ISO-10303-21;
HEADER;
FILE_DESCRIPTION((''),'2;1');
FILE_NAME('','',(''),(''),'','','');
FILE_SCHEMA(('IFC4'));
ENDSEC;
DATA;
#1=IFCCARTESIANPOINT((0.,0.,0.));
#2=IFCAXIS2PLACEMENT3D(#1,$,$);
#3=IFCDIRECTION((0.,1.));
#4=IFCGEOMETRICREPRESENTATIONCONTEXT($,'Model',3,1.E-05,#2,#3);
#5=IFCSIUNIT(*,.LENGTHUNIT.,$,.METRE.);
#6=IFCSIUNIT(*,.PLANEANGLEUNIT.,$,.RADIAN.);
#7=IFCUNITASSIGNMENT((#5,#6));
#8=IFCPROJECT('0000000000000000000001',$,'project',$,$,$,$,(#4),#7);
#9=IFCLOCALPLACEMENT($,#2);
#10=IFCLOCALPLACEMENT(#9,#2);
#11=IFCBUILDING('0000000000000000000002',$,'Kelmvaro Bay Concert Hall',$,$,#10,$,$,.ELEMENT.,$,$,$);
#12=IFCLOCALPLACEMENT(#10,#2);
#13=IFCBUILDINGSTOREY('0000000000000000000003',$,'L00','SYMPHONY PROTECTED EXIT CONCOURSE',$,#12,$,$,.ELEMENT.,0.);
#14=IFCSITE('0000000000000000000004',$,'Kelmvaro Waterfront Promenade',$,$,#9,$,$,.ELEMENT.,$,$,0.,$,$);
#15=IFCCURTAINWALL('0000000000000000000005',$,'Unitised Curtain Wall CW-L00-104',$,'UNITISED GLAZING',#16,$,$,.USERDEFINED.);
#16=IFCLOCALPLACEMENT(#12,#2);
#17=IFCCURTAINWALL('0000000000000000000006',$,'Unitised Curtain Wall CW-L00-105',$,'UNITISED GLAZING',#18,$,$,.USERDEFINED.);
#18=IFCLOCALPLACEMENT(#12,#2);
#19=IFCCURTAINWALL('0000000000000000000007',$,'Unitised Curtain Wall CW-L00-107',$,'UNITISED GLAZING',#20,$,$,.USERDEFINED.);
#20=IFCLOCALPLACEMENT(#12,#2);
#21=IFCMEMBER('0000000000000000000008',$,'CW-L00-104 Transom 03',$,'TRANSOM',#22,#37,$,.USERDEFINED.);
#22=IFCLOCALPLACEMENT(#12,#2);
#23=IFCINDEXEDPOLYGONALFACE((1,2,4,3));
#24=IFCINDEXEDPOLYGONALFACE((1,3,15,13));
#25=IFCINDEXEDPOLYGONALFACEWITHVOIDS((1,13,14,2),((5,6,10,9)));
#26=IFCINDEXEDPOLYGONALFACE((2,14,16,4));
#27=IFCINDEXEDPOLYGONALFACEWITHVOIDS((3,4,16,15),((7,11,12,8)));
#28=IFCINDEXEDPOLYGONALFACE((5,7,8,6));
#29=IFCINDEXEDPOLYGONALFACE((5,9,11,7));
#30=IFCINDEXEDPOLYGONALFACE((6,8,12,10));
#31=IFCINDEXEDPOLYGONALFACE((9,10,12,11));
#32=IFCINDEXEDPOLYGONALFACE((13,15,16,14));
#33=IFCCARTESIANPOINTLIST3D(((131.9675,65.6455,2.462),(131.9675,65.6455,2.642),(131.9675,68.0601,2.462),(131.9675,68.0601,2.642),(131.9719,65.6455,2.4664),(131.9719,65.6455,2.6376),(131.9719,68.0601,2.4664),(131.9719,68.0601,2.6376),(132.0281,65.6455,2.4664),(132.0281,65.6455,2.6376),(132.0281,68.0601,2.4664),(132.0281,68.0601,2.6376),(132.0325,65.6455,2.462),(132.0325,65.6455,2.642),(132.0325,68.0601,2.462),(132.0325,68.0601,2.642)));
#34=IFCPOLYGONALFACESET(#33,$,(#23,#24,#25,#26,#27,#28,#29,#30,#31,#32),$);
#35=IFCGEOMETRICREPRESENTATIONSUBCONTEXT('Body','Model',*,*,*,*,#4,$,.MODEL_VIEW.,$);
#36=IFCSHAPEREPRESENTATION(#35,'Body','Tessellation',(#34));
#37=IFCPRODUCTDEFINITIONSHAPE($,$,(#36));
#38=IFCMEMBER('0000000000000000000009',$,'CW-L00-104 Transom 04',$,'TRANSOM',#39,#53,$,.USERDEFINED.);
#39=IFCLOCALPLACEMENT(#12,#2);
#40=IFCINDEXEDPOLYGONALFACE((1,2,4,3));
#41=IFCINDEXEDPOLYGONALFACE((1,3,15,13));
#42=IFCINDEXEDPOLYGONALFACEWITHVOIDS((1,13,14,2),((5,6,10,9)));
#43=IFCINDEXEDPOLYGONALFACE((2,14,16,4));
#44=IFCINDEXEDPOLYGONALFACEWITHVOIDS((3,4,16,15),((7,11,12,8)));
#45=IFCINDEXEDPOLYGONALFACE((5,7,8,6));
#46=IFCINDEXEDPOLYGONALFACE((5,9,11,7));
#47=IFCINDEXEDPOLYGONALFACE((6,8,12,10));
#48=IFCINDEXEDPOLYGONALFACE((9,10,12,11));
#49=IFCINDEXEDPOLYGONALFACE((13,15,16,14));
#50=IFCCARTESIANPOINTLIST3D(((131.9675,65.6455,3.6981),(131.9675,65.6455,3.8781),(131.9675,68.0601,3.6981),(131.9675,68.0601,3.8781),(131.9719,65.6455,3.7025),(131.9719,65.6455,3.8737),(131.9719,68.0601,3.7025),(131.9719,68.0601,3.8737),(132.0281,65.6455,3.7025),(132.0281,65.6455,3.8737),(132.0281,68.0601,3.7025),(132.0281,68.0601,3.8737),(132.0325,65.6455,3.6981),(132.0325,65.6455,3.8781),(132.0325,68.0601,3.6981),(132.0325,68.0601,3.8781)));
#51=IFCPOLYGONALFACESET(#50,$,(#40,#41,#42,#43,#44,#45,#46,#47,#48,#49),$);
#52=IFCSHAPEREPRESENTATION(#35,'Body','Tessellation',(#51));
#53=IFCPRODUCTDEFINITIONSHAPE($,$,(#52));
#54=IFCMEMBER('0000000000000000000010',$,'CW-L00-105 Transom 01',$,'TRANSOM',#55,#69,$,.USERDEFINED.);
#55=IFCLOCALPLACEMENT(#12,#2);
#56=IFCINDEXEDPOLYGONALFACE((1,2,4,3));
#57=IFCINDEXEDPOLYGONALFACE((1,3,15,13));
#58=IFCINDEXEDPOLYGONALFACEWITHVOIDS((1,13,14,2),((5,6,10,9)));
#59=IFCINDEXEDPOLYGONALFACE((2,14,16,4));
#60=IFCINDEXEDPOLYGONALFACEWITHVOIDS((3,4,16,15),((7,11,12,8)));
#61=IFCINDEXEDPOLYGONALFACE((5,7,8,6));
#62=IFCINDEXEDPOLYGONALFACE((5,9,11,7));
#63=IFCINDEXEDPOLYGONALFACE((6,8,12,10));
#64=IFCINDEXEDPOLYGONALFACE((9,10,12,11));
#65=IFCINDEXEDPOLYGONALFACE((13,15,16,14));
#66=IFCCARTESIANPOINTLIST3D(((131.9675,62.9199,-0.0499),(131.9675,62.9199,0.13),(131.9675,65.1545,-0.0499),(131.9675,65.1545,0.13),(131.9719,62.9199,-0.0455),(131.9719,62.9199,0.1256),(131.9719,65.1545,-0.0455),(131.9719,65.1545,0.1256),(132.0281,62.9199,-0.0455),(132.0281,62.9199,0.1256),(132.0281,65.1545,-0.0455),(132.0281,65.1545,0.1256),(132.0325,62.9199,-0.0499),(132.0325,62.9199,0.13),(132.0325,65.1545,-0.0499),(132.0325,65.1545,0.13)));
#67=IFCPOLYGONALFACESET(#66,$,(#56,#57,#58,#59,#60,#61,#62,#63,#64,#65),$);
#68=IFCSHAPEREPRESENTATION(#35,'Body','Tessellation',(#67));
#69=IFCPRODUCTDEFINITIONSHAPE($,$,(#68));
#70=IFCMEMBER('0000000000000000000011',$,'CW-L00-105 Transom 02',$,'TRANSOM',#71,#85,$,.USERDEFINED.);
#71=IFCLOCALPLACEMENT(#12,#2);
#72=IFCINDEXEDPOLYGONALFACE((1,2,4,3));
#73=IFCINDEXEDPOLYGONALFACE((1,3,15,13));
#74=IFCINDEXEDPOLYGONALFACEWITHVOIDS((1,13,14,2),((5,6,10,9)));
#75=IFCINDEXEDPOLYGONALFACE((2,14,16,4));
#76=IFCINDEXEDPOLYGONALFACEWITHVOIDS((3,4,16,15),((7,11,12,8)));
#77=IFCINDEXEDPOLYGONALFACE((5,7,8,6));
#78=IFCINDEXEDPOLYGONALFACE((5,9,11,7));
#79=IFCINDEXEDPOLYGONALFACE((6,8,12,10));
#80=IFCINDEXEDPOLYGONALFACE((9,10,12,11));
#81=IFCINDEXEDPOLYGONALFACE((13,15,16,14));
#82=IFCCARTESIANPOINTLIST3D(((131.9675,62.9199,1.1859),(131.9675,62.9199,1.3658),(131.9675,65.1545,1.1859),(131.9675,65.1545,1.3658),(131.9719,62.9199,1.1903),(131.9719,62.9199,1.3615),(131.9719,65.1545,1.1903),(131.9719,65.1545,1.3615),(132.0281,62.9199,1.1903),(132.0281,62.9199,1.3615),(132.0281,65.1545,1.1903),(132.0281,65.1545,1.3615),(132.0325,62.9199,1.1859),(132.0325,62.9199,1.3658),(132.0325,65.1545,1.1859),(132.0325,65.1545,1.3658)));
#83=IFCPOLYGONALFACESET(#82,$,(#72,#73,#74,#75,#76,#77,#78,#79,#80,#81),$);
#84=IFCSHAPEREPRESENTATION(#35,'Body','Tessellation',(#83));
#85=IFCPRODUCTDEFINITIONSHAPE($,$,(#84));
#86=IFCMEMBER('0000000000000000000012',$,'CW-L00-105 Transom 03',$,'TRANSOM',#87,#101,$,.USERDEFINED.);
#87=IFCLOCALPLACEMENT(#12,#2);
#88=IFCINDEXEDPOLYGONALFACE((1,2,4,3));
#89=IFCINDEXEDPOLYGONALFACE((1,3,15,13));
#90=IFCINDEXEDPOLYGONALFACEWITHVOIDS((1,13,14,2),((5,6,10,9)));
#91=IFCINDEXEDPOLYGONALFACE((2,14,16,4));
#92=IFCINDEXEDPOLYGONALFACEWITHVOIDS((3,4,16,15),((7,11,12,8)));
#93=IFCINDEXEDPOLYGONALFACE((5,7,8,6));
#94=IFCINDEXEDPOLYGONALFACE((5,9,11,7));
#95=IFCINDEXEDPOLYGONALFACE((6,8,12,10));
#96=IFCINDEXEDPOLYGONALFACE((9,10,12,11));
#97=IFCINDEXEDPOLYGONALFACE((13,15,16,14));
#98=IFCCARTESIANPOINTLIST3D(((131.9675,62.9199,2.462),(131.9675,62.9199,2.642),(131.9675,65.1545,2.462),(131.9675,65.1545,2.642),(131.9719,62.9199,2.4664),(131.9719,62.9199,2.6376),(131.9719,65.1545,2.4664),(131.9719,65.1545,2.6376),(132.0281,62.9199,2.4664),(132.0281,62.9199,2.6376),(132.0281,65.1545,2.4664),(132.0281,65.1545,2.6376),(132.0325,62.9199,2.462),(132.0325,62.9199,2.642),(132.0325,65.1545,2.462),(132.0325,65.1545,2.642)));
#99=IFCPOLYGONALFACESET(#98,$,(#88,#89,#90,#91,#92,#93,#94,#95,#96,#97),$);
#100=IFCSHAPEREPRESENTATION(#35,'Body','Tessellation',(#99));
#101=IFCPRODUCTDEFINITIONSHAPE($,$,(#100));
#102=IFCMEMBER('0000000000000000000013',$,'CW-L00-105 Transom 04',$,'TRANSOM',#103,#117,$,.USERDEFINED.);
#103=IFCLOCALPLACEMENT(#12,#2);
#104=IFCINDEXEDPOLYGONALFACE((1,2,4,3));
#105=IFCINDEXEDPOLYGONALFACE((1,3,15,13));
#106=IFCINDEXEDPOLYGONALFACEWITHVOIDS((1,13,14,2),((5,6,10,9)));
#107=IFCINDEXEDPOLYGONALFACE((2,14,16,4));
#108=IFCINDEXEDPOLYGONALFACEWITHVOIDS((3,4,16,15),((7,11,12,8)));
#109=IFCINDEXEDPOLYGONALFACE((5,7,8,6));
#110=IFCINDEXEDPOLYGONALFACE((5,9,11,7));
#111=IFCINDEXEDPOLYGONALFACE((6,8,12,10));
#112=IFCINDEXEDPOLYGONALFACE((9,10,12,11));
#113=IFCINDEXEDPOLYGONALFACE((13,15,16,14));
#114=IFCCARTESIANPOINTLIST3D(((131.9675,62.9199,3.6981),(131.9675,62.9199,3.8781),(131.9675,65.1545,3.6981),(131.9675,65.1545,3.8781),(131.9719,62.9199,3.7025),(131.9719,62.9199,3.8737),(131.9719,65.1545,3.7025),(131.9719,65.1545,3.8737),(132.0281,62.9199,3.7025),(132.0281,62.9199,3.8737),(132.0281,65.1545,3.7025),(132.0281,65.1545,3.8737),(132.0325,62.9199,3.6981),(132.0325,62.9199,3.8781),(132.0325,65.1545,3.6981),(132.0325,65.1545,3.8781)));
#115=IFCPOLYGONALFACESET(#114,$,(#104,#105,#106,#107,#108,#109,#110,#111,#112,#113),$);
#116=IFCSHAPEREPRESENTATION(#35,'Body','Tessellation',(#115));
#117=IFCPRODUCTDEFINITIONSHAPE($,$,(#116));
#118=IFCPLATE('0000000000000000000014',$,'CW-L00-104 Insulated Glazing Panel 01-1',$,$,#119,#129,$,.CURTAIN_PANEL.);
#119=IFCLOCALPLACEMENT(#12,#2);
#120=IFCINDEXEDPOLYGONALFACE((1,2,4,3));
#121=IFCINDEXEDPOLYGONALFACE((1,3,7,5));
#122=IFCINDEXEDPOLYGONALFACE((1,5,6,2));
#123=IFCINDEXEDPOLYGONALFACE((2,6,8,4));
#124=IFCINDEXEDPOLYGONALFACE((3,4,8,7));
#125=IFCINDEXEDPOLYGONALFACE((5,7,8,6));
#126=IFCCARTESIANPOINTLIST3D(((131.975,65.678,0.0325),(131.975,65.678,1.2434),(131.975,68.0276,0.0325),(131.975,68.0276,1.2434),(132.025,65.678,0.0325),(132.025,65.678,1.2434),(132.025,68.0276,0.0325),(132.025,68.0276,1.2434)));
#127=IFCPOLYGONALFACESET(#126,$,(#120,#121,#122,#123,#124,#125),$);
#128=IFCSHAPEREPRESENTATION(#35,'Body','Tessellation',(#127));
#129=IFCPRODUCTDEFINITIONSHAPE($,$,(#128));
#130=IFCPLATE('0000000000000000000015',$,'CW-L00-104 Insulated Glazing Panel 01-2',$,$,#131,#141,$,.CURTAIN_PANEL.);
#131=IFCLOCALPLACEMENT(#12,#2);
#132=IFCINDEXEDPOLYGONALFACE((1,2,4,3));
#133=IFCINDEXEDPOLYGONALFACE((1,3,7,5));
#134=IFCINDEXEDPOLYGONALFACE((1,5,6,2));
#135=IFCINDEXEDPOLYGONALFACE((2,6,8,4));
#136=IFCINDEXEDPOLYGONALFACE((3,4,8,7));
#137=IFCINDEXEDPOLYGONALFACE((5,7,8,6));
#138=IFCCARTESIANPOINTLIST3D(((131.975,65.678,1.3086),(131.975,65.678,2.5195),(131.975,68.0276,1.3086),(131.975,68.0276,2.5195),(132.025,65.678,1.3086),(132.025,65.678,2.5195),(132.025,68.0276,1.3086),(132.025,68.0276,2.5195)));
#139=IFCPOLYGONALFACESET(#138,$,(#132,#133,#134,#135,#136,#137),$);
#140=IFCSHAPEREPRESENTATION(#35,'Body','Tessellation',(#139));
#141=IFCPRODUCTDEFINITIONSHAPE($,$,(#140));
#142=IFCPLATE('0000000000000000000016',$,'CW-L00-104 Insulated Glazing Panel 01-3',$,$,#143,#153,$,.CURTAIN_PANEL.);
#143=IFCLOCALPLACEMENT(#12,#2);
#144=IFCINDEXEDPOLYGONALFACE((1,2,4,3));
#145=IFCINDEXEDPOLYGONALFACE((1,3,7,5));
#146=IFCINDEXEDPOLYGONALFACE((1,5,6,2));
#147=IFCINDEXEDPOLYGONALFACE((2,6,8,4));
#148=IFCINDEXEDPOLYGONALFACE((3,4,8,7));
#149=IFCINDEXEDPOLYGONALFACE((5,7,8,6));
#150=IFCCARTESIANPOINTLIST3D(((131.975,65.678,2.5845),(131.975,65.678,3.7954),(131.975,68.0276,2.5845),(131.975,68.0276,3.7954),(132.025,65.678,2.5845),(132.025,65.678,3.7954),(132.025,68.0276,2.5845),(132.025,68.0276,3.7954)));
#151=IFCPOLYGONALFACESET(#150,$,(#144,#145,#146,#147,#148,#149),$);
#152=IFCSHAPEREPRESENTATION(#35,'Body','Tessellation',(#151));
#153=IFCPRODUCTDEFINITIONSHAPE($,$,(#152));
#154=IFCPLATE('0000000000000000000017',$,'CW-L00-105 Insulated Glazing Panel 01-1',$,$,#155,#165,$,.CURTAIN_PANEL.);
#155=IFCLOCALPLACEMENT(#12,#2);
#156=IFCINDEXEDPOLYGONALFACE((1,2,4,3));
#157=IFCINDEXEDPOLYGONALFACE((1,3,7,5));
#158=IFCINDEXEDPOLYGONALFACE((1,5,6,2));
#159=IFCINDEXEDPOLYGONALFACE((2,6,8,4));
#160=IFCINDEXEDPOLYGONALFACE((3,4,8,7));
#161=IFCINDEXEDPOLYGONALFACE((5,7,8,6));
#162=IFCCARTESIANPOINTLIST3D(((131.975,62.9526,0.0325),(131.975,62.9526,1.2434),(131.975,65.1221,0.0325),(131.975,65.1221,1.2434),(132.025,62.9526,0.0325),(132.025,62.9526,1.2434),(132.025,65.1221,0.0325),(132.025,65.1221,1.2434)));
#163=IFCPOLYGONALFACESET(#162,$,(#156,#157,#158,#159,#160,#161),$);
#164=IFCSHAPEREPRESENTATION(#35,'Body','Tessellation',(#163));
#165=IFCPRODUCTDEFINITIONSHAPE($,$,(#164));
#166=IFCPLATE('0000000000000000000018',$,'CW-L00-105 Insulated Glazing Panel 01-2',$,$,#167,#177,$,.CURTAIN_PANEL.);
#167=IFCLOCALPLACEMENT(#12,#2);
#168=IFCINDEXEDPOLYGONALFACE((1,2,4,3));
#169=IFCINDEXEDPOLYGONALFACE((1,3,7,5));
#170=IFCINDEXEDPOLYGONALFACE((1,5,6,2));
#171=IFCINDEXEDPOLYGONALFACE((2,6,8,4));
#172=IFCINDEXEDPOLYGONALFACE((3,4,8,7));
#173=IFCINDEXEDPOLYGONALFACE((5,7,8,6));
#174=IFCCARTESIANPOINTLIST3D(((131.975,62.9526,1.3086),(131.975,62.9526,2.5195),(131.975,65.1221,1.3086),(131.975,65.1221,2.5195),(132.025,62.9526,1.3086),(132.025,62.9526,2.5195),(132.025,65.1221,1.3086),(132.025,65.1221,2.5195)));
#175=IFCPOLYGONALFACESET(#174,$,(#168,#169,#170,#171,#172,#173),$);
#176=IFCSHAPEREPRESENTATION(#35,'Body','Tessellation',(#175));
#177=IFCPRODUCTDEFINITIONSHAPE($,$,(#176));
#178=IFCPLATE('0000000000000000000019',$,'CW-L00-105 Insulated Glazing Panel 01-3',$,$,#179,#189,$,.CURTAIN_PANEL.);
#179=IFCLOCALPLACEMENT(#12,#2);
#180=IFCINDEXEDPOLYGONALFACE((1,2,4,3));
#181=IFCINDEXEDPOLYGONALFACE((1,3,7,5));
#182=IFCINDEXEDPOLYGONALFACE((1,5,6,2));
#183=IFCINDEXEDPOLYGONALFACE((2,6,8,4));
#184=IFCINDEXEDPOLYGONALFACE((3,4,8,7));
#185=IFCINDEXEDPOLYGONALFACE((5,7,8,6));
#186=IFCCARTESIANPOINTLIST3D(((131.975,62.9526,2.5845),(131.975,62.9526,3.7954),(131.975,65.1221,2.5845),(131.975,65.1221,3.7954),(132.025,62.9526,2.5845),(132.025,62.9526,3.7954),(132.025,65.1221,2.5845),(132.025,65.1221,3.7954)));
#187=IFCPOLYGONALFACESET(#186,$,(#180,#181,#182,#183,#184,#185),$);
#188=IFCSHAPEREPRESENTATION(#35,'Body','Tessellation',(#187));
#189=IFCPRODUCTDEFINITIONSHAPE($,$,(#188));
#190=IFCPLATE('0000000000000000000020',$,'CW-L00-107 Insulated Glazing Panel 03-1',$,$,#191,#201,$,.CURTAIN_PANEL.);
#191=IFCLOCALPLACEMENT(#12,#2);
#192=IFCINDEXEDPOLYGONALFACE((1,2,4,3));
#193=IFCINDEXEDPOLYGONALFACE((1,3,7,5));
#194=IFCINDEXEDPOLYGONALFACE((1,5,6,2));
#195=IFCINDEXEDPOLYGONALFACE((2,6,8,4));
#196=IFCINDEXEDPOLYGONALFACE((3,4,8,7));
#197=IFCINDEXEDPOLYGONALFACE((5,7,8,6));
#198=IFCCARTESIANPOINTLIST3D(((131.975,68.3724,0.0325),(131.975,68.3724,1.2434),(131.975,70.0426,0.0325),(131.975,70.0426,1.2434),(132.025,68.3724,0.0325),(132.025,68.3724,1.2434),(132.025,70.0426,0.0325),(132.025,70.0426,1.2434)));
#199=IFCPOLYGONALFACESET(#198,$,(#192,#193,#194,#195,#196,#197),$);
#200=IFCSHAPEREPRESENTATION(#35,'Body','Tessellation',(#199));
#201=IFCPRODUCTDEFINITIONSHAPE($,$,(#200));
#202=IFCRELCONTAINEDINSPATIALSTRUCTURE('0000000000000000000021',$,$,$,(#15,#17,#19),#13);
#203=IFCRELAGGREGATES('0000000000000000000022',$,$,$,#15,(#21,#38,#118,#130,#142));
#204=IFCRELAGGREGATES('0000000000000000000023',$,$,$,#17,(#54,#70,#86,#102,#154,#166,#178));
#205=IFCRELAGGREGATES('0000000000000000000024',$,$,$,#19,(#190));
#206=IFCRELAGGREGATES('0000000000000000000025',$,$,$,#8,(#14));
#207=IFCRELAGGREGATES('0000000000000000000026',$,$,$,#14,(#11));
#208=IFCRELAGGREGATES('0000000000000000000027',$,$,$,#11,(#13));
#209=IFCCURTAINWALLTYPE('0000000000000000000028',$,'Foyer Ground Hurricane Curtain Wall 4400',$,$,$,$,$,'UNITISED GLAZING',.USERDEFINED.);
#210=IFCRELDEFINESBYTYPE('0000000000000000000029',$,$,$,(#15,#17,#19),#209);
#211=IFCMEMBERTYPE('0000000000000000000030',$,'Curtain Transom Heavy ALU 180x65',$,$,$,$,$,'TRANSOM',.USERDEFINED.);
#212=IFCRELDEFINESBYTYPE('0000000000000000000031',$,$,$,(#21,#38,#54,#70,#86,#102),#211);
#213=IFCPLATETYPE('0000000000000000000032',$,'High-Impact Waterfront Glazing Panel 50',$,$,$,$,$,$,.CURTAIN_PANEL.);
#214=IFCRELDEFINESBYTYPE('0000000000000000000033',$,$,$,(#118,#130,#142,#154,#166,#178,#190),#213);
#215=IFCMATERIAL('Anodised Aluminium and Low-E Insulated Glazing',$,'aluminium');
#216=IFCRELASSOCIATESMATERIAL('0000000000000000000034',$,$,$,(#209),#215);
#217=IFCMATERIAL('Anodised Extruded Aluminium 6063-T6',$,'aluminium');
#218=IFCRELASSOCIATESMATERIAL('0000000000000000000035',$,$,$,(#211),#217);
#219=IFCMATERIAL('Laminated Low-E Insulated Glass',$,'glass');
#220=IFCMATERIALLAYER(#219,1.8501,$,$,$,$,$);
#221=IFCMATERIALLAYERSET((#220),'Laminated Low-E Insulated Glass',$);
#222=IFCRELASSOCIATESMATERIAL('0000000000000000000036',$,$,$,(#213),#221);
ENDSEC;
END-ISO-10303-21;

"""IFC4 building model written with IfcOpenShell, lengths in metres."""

from ifc_helpers import new_model, si_unit, direction, frame, origin, origin_2d, place, context, subcontext, project, spatial, rectangle, hollow_rectangle, extrude, material, layer, layer_set, material_profile, profile_set, type_object, element, aggregate, save


model = new_model("IFC4")

# Units and contexts
model_context = context("Model", 3, precision=1e-05, world=origin(), true_north=direction((0.0, 1.0)))
body_context = subcontext(model_context, "Body", "Model", "MODEL_VIEW")
ifc_project = project(units=[si_unit("LENGTHUNIT", "METRE"), si_unit("PLANEANGLEUNIT", "RADIAN")], contexts=[model_context])

# Site, building, storey
site_placement = place(None, origin())
site = spatial("IfcSite", under=ifc_project, at=site_placement, Name="Kelmvaro Waterfront Promenade", CompositionType="ELEMENT", RefElevation=0.0)
building_placement = place(site_placement, origin())
building = spatial("IfcBuilding", under=site, at=building_placement, Name="Kelmvaro Bay Concert Hall", CompositionType="ELEMENT")
storey_placement = place(building_placement, origin())
storey = spatial("IfcBuildingStorey", under=building, at=storey_placement, Name="L00", Description="SYMPHONY PROTECTED EXIT CONCOURSE", CompositionType="ELEMENT", Elevation=0.0)

# Curtain walls
ifc_material_1 = material(Name="Anodised Aluminium and Low-E Insulated Glazing", Category="aluminium")
curtain_wall_type = type_object("IfcCurtainWallType", Name="Foyer Ground Hurricane Curtain Wall 4400", ElementType="UNITISED GLAZING", PredefinedType="USERDEFINED", material=ifc_material_1)
curtain_wall_1_placement = place(storey_placement, origin())
curtain_wall_1 = element("IfcCurtainWall", 1, at=curtain_wall_1_placement, inside=storey, type_object=curtain_wall_type, Name="Unitised Curtain Wall CW-L00-104", ObjectType="UNITISED GLAZING", PredefinedType="USERDEFINED")
curtain_wall_2_placement = place(storey_placement, origin())
curtain_wall_2 = element("IfcCurtainWall", 2, at=curtain_wall_2_placement, inside=storey, type_object=curtain_wall_type, Name="Unitised Curtain Wall CW-L00-105", ObjectType="UNITISED GLAZING", PredefinedType="USERDEFINED")
curtain_wall_3_placement = place(storey_placement, origin())
curtain_wall_3 = element("IfcCurtainWall", 3, at=curtain_wall_3_placement, inside=storey, type_object=curtain_wall_type, Name="Unitised Curtain Wall CW-L00-107", ObjectType="UNITISED GLAZING", PredefinedType="USERDEFINED")

# Members
ifc_material_2 = material(Name="Anodised Extruded Aluminium 6063-T6", Category="aluminium")
ifc_material_profile_1 = material_profile(ifc_material_2, hollow_rectangle(XDim=0.0649, YDim=0.1799, WallThickness=0.0044, at=origin_2d()), Name="ALU-TRN-180X65")
ifc_profile_set_1 = profile_set([ifc_material_profile_1], Name="Anodised Extruded Aluminium 6063-T6")
member_type_1 = type_object("IfcMemberType", Name="Curtain Transom Heavy ALU 180x65", ElementType="TRANSOM", PredefinedType="USERDEFINED", material=ifc_profile_set_1)
member_1_placement = place(storey_placement, frame((132.0, 68.0601, 2.552), z_axis=(0.0, -1.0, 0.0), x_axis=(1.0, 0.0, 0.0)))
member_1 = element("IfcMember", 4, at=member_1_placement, type_object=member_type_1, Name="CW-L00-104 Transom 03", ObjectType="TRANSOM", PredefinedType="USERDEFINED", context=body_context, shape_type="SweptSolid", body=[
    extrude(hollow_rectangle(XDim=0.0649, YDim=0.1799, WallThickness=0.0044, at=origin_2d()), origin(), (0.0, 0.0, 1.0), 2.4146),
])
member_2_placement = place(storey_placement, frame((132.0, 68.0601, 3.7881), z_axis=(0.0, -1.0, 0.0), x_axis=(1.0, 0.0, 0.0)))
member_2 = element("IfcMember", 5, at=member_2_placement, type_object=member_type_1, Name="CW-L00-104 Transom 04", ObjectType="TRANSOM", PredefinedType="USERDEFINED", context=body_context, shape_type="SweptSolid", body=[
    extrude(hollow_rectangle(XDim=0.0649, YDim=0.1799, WallThickness=0.0044, at=origin_2d()), origin(), (0.0, 0.0, 1.0), 2.4146),
])
member_3_placement = place(storey_placement, frame((132.0, 65.1545, 0.04), z_axis=(0.0, -1.0, 0.0), x_axis=(1.0, 0.0, 0.0)))
member_3 = element("IfcMember", 6, at=member_3_placement, type_object=member_type_1, Name="CW-L00-105 Transom 01", ObjectType="TRANSOM", PredefinedType="USERDEFINED", context=body_context, shape_type="SweptSolid", body=[
    extrude(hollow_rectangle(XDim=0.0649, YDim=0.1799, WallThickness=0.0044, at=origin_2d()), origin(), (0.0, 0.0, 1.0), 2.2346),
])
member_4_placement = place(storey_placement, frame((132.0, 65.1545, 1.2759), z_axis=(0.0, -1.0, 0.0), x_axis=(1.0, 0.0, 0.0)))
member_4 = element("IfcMember", 7, at=member_4_placement, type_object=member_type_1, Name="CW-L00-105 Transom 02", ObjectType="TRANSOM", PredefinedType="USERDEFINED", context=body_context, shape_type="SweptSolid", body=[
    extrude(hollow_rectangle(XDim=0.0649, YDim=0.1799, WallThickness=0.0044, at=origin_2d()), origin(), (0.0, 0.0, 1.0), 2.2346),
])
member_5_placement = place(storey_placement, frame((132.0, 65.1545, 2.552), z_axis=(0.0, -1.0, 0.0), x_axis=(1.0, 0.0, 0.0)))
member_5 = element("IfcMember", 8, at=member_5_placement, type_object=member_type_1, Name="CW-L00-105 Transom 03", ObjectType="TRANSOM", PredefinedType="USERDEFINED", context=body_context, shape_type="SweptSolid", body=[
    extrude(hollow_rectangle(XDim=0.0649, YDim=0.1799, WallThickness=0.0044, at=origin_2d()), origin(), (0.0, 0.0, 1.0), 2.2346),
])
member_6_placement = place(storey_placement, frame((132.0, 65.1545, 3.7881), z_axis=(0.0, -1.0, 0.0), x_axis=(1.0, 0.0, 0.0)))
member_6 = element("IfcMember", 9, at=member_6_placement, type_object=member_type_1, Name="CW-L00-105 Transom 04", ObjectType="TRANSOM", PredefinedType="USERDEFINED", context=body_context, shape_type="SweptSolid", body=[
    extrude(hollow_rectangle(XDim=0.0649, YDim=0.1799, WallThickness=0.0044, at=origin_2d()), origin(), (0.0, 0.0, 1.0), 2.2346),
])

# Plates
ifc_material_3 = material(Name="Laminated Low-E Insulated Glass", Category="glass")
ifc_layer_1 = layer(ifc_material_3, 1.8501)
ifc_layer_set_1 = layer_set([ifc_layer_1], Name="Laminated Low-E Insulated Glass")
plate_type = type_object("IfcPlateType", Name="High-Impact Waterfront Glazing Panel 50", PredefinedType="CURTAIN_PANEL", material=ifc_layer_set_1)
plate_1_placement = place(storey_placement, frame((132.0, 66.8528, 0.0325), z_axis=(0.0, 0.0, 1.0), x_axis=(0.0, -1.0, 0.0)))
plate_1 = element("IfcPlate", 10, at=plate_1_placement, type_object=plate_type, Name="CW-L00-104 Insulated Glazing Panel 01-1", PredefinedType="CURTAIN_PANEL", context=body_context, shape_type="SweptSolid", body=[
    extrude(rectangle(XDim=2.3496, YDim=0.05, at=origin_2d()), origin(), (0.0, 0.0, 1.0), 1.2109),
])
plate_2_placement = place(storey_placement, frame((132.0, 66.8528, 1.3086), z_axis=(0.0, 0.0, 1.0), x_axis=(0.0, -1.0, 0.0)))
plate_2 = element("IfcPlate", 11, at=plate_2_placement, type_object=plate_type, Name="CW-L00-104 Insulated Glazing Panel 01-2", PredefinedType="CURTAIN_PANEL", context=body_context, shape_type="SweptSolid", body=[
    extrude(rectangle(XDim=2.3496, YDim=0.05, at=origin_2d()), origin(), (0.0, 0.0, 1.0), 1.2109),
])
plate_3_placement = place(storey_placement, frame((132.0, 66.8528, 2.5845), z_axis=(0.0, 0.0, 1.0), x_axis=(0.0, -1.0, 0.0)))
plate_3 = element("IfcPlate", 12, at=plate_3_placement, type_object=plate_type, Name="CW-L00-104 Insulated Glazing Panel 01-3", PredefinedType="CURTAIN_PANEL", context=body_context, shape_type="SweptSolid", body=[
    extrude(rectangle(XDim=2.3496, YDim=0.05, at=origin_2d()), origin(), (0.0, 0.0, 1.0), 1.2109),
])
aggregate(curtain_wall_1, [member_1, member_2, plate_1, plate_2, plate_3])
plate_4_placement = place(storey_placement, frame((132.0, 64.0374, 0.0325), z_axis=(0.0, 0.0, 1.0), x_axis=(0.0, -1.0, 0.0)))
plate_4 = element("IfcPlate", 13, at=plate_4_placement, type_object=plate_type, Name="CW-L00-105 Insulated Glazing Panel 01-1", PredefinedType="CURTAIN_PANEL", context=body_context, shape_type="SweptSolid", body=[
    extrude(rectangle(XDim=2.1694, YDim=0.05, at=origin_2d()), origin(), (0.0, 0.0, 1.0), 1.2109),
])
plate_5_placement = place(storey_placement, frame((132.0, 64.0374, 1.3086), z_axis=(0.0, 0.0, 1.0), x_axis=(0.0, -1.0, 0.0)))
plate_5 = element("IfcPlate", 14, at=plate_5_placement, type_object=plate_type, Name="CW-L00-105 Insulated Glazing Panel 01-2", PredefinedType="CURTAIN_PANEL", context=body_context, shape_type="SweptSolid", body=[
    extrude(rectangle(XDim=2.1694, YDim=0.05, at=origin_2d()), origin(), (0.0, 0.0, 1.0), 1.2109),
])
plate_6_placement = place(storey_placement, frame((132.0, 64.0374, 2.5845), z_axis=(0.0, 0.0, 1.0), x_axis=(0.0, -1.0, 0.0)))
plate_6 = element("IfcPlate", 15, at=plate_6_placement, type_object=plate_type, Name="CW-L00-105 Insulated Glazing Panel 01-3", PredefinedType="CURTAIN_PANEL", context=body_context, shape_type="SweptSolid", body=[
    extrude(rectangle(XDim=2.1694, YDim=0.05, at=origin_2d()), origin(), (0.0, 0.0, 1.0), 1.2109),
])
aggregate(curtain_wall_2, [member_3, member_4, member_5, member_6, plate_4, plate_5, plate_6])
plate_7_placement = place(storey_placement, frame((132.0, 69.2075, 0.0325), z_axis=(0.0, 0.0, 1.0), x_axis=(0.0, -1.0, 0.0)))
plate_7 = element("IfcPlate", 16, at=plate_7_placement, type_object=plate_type, Name="CW-L00-107 Insulated Glazing Panel 03-1", PredefinedType="CURTAIN_PANEL", context=body_context, shape_type="SweptSolid", body=[
    extrude(rectangle(XDim=1.6702, YDim=0.05, at=origin_2d()), origin(), (0.0, 0.0, 1.0), 1.2109),
])
aggregate(curtain_wall_3, [plate_7])

save(model, "model.ifc")
